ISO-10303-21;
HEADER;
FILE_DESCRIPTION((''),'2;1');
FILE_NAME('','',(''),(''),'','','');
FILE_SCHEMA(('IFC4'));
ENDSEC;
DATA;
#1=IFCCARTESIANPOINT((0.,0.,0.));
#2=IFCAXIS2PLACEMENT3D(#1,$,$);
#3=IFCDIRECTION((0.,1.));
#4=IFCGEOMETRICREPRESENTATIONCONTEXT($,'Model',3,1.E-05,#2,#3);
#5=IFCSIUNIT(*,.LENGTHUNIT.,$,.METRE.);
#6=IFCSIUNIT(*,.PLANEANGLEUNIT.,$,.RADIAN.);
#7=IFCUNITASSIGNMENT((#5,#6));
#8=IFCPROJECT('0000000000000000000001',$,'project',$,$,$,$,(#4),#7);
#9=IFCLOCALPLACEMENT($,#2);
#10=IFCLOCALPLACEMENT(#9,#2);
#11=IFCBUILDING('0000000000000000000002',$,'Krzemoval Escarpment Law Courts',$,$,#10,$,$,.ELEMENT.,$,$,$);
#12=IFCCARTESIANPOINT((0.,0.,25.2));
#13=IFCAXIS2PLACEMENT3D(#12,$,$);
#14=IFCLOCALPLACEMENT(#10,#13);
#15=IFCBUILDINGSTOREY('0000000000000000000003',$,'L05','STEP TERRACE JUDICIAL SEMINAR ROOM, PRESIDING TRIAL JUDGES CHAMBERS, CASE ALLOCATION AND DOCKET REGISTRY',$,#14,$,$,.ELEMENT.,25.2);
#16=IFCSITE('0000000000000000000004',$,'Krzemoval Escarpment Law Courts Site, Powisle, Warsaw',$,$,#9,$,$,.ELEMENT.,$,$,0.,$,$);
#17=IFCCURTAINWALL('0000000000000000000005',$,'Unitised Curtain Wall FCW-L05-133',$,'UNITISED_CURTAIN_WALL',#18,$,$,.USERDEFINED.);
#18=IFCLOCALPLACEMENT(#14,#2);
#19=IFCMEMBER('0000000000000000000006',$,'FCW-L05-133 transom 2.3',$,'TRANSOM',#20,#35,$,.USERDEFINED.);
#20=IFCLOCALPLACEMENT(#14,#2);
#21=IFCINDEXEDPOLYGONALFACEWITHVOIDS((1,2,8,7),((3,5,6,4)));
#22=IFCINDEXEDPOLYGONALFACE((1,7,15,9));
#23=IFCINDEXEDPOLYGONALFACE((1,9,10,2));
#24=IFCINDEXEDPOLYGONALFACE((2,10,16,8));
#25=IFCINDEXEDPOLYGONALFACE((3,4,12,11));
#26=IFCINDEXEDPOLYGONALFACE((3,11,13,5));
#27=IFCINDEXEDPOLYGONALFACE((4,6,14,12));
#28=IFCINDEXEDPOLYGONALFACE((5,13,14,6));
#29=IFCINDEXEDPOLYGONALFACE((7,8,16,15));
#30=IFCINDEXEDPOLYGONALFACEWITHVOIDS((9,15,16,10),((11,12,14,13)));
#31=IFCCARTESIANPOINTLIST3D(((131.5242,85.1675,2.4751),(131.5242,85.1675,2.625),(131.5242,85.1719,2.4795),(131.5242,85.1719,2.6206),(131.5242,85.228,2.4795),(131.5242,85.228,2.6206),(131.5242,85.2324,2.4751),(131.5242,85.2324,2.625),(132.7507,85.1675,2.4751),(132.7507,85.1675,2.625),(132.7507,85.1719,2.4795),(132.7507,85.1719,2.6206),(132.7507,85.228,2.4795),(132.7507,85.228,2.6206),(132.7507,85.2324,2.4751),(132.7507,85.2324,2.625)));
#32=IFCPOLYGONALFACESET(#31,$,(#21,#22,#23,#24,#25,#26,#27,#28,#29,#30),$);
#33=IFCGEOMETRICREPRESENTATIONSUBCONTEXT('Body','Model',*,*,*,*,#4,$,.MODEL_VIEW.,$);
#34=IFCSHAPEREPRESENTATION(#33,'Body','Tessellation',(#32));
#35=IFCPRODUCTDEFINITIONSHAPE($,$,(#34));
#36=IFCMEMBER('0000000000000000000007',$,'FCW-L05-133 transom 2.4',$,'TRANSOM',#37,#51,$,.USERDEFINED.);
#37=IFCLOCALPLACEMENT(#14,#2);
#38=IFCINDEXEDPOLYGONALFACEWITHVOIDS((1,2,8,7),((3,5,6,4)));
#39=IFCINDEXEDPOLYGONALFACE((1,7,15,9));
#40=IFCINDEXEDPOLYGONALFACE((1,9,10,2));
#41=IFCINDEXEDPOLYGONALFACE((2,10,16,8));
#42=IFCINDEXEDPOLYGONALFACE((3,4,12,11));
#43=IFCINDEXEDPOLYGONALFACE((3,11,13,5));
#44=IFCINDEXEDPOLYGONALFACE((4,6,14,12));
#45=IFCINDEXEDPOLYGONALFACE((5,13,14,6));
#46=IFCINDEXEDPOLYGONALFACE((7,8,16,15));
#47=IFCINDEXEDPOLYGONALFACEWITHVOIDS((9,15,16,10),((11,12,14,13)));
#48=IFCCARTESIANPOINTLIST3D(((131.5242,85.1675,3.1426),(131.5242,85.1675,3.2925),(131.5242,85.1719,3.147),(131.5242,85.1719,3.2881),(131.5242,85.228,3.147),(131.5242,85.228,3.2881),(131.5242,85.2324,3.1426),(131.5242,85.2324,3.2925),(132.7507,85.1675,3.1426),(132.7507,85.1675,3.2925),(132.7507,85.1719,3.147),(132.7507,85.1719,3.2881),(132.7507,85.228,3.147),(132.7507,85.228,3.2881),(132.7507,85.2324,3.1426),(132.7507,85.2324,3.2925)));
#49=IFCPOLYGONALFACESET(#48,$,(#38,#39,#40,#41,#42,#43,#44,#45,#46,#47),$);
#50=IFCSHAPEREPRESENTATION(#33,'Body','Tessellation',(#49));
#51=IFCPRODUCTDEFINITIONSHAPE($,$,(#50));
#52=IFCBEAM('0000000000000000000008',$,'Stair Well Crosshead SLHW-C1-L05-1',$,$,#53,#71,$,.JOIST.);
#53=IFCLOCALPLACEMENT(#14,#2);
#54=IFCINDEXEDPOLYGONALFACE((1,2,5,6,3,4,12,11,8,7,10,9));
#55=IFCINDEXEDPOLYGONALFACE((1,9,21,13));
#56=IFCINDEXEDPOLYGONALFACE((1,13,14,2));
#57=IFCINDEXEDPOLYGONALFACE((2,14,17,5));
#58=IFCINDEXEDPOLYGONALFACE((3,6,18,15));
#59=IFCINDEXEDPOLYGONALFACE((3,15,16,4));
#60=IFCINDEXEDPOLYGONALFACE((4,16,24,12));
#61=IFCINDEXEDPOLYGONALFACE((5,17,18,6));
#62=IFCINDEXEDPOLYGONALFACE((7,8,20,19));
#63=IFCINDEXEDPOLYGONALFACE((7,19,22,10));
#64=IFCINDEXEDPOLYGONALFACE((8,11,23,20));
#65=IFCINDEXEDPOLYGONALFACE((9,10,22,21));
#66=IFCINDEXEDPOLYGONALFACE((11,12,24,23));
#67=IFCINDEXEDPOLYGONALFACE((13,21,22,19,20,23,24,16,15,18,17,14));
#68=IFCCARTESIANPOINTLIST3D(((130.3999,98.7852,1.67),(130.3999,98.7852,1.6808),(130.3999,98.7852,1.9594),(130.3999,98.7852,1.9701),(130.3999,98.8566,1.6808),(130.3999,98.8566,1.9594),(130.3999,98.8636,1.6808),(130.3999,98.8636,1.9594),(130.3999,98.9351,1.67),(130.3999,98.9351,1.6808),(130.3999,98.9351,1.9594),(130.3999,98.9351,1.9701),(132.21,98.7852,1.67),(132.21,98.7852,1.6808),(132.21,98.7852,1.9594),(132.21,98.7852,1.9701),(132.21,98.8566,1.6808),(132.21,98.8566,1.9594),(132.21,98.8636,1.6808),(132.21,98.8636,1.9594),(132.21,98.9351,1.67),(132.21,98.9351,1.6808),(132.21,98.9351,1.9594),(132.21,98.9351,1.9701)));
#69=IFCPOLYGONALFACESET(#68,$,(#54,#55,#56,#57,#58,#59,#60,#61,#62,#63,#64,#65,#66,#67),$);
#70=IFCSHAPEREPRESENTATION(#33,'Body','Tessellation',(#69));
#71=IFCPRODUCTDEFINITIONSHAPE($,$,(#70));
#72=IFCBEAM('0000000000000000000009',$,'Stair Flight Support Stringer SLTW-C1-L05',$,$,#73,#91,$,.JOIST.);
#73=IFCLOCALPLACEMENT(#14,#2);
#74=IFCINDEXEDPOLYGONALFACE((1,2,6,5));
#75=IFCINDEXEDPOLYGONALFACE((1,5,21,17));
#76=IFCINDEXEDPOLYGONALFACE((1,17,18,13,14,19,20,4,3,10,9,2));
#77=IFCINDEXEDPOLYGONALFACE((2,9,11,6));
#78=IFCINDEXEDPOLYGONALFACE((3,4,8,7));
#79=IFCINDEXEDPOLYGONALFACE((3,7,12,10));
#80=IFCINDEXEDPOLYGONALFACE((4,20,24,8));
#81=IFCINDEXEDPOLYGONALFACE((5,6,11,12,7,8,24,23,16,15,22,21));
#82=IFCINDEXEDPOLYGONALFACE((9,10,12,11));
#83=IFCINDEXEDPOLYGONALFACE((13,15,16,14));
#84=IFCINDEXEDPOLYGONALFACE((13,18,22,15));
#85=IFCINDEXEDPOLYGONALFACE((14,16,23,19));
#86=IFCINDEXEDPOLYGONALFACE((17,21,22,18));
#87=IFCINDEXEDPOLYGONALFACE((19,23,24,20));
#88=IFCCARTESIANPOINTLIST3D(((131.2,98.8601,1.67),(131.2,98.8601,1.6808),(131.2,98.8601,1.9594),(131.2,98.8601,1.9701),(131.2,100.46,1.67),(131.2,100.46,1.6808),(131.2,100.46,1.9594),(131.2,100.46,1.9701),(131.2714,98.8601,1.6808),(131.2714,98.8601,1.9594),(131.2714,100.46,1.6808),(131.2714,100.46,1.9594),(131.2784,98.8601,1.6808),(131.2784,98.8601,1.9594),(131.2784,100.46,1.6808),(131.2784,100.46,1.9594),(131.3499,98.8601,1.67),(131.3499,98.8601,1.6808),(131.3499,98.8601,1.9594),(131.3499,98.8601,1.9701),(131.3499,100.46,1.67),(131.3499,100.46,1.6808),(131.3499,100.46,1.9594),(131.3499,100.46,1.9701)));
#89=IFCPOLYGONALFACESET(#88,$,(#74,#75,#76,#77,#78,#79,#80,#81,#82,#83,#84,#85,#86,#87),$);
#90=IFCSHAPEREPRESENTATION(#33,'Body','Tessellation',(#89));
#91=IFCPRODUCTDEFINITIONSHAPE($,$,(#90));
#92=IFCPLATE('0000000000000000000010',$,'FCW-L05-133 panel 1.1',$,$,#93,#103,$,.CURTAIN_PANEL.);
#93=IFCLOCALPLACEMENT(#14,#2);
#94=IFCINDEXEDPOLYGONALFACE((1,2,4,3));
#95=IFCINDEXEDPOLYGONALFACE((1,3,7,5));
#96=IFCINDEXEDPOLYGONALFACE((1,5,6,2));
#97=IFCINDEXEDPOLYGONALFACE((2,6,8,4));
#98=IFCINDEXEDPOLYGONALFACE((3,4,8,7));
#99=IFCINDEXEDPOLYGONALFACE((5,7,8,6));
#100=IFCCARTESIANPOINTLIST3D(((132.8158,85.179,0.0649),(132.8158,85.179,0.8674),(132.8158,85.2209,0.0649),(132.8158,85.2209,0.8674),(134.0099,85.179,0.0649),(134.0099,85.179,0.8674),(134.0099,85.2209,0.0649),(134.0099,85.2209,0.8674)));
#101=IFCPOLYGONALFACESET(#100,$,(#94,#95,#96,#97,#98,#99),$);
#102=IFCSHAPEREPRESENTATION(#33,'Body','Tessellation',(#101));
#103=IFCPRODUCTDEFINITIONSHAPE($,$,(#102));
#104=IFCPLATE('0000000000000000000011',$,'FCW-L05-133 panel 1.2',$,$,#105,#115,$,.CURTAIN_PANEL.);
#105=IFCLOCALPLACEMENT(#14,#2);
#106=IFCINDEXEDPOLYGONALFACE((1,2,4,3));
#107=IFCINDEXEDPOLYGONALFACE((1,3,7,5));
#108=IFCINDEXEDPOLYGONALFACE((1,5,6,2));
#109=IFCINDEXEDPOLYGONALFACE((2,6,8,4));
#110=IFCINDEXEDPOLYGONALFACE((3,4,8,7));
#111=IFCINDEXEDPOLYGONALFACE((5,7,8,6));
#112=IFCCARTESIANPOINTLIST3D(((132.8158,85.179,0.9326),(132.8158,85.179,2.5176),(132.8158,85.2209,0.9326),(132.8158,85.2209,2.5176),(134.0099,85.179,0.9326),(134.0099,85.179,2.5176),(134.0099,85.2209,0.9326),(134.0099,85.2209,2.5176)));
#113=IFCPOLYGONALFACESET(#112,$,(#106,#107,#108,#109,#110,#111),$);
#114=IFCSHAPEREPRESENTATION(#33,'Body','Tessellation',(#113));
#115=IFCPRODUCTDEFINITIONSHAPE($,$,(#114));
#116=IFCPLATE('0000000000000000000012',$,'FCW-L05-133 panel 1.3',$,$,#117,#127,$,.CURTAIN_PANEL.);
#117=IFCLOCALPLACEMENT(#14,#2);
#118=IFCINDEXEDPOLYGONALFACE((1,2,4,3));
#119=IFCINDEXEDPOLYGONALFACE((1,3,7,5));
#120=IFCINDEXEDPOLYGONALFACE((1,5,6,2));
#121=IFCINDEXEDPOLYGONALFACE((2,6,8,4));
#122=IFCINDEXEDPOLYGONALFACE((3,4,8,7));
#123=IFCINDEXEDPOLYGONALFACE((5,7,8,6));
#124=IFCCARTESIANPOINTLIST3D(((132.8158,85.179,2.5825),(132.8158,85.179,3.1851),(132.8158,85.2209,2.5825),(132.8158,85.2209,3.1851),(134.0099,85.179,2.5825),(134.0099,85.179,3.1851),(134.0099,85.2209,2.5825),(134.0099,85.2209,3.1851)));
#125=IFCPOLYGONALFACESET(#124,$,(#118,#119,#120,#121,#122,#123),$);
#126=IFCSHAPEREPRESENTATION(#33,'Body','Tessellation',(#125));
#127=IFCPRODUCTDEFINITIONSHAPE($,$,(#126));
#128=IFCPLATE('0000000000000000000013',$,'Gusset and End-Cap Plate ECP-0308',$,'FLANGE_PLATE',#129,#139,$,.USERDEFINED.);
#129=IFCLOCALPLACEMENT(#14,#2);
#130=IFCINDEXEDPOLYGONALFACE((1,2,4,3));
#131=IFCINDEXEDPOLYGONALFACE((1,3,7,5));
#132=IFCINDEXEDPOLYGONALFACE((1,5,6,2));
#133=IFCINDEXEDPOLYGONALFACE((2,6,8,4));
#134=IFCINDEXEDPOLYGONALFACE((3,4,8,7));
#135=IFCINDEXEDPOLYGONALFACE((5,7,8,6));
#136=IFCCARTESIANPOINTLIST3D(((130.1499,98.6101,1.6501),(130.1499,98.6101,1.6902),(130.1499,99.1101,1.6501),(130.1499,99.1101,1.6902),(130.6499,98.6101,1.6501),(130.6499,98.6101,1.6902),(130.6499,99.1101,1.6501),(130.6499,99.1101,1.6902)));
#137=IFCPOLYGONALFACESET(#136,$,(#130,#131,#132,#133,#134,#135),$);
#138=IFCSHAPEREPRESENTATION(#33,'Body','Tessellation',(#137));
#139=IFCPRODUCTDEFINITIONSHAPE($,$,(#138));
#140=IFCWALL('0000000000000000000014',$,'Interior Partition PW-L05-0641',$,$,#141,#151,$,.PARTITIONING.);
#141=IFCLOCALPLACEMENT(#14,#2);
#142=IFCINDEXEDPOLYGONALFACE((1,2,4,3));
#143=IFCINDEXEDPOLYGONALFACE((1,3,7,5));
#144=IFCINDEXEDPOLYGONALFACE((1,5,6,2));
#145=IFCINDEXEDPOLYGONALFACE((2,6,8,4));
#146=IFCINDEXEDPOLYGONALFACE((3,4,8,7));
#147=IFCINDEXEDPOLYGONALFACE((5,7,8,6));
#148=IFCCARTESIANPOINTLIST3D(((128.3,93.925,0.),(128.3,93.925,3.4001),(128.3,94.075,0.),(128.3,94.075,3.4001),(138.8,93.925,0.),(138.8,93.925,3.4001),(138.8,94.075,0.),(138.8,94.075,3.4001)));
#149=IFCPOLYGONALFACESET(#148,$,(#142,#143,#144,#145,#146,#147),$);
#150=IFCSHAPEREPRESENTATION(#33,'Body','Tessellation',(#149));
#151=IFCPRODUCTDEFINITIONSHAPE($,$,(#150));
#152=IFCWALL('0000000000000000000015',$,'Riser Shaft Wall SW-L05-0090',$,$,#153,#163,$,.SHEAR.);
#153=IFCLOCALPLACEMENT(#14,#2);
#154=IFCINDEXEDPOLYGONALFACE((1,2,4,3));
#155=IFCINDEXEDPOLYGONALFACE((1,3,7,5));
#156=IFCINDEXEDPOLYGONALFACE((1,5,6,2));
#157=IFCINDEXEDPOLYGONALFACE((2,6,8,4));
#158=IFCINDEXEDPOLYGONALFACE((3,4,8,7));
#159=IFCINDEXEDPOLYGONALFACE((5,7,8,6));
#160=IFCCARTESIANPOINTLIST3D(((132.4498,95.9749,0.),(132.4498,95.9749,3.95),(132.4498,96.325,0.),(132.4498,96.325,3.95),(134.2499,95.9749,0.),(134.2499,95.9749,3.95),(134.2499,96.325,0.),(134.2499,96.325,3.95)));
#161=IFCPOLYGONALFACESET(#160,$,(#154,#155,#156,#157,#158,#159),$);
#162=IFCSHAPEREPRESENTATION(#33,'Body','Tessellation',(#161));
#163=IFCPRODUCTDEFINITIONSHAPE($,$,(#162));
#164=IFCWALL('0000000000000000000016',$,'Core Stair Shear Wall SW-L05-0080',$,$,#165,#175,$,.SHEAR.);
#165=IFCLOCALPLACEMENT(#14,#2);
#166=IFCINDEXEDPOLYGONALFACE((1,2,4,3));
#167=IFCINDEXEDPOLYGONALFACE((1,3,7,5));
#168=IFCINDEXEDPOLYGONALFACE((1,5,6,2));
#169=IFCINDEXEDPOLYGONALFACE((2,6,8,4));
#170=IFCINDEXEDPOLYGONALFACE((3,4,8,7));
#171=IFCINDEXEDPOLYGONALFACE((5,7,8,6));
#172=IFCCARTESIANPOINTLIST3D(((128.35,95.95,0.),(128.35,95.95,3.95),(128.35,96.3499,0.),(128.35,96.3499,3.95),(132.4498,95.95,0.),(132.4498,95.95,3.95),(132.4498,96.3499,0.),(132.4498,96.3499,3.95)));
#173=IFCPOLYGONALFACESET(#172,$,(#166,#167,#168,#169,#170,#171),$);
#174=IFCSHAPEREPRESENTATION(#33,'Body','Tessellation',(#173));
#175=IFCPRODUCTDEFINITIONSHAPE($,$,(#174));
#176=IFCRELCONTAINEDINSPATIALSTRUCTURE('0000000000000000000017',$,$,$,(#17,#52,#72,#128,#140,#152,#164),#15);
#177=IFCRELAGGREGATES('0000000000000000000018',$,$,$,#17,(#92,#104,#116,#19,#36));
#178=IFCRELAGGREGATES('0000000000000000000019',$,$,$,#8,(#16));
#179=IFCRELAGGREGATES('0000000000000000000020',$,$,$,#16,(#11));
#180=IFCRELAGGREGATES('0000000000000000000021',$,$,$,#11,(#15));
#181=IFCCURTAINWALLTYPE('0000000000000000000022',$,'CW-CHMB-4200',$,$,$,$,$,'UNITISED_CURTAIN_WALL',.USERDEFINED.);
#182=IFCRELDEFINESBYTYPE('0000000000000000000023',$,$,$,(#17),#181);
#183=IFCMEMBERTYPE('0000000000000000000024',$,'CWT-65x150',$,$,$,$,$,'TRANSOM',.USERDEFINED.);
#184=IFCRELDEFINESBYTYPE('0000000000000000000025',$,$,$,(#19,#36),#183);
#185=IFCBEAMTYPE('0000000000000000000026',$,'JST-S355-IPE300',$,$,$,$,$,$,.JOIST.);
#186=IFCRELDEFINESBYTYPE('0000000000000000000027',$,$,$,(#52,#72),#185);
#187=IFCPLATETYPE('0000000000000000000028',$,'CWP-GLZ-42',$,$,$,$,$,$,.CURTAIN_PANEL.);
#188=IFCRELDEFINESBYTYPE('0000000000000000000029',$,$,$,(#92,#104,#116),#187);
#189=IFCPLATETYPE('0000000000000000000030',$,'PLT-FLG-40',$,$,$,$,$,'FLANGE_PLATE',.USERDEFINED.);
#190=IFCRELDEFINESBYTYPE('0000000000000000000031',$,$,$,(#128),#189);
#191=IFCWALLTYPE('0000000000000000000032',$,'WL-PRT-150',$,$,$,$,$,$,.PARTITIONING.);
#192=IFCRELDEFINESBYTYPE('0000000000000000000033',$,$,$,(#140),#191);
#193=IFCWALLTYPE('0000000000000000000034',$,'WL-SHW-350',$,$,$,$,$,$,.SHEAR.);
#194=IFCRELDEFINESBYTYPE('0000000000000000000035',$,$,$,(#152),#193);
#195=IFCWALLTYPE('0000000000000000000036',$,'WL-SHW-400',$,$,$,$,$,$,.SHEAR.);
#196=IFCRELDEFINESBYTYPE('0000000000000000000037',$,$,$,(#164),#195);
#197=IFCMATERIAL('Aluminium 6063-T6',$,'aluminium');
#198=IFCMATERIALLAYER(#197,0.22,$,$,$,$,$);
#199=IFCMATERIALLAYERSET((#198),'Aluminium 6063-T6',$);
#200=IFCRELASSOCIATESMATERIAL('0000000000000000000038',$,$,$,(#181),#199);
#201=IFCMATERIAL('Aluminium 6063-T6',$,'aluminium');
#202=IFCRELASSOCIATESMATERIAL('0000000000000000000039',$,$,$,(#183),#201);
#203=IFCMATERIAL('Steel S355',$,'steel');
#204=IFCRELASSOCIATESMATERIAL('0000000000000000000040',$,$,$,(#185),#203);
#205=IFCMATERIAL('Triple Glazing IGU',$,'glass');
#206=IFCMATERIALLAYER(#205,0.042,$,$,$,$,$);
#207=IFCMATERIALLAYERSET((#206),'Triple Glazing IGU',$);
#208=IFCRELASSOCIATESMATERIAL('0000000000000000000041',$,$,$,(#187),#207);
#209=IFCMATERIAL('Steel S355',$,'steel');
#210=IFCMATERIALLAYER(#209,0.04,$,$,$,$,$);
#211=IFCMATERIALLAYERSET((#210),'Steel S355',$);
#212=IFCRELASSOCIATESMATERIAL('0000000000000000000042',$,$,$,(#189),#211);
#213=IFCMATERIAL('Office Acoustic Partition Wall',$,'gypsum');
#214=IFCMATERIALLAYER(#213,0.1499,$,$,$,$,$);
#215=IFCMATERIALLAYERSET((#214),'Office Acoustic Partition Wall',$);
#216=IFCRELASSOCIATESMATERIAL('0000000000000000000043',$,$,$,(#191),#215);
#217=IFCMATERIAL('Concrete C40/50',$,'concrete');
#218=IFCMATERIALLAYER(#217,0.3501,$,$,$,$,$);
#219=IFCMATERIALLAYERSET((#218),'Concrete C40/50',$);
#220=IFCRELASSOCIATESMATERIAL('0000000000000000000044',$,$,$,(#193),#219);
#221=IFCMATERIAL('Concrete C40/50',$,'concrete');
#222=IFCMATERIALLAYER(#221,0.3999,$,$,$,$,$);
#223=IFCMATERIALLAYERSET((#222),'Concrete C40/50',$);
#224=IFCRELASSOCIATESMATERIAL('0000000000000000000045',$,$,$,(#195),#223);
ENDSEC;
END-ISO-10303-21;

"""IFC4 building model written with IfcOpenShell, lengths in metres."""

from ifc_helpers import new_model, si_unit, direction, frame, frame_2d, origin, origin_2d, place, context, subcontext, project, spatial, rectangle, hollow_rectangle, i_section, extrude, material, layer, layer_set, material_profile, profile_set, type_object, element, aggregate, save


model = new_model("IFC4")

# Units and contexts
model_context = context("Model", 3, precision=1e-05, world=origin(), true_north=direction((0.0, 1.0)))
body_context = subcontext(model_context, "Body", "Model", "MODEL_VIEW")
ifc_project = project(units=[si_unit("LENGTHUNIT", "METRE"), si_unit("PLANEANGLEUNIT", "RADIAN")], contexts=[model_context])

# Site, building, storey
site_placement = place(None, origin())
site = spatial("IfcSite", under=ifc_project, at=site_placement, Name="Krzemoval Escarpment Law Courts Site, Powisle, Warsaw", CompositionType="ELEMENT", RefElevation=0.0)
building_placement = place(site_placement, origin())
building = spatial("IfcBuilding", under=site, at=building_placement, Name="Krzemoval Escarpment Law Courts", CompositionType="ELEMENT")
storey_placement = place(building_placement, frame((0.0, 0.0, 25.2)))
storey = spatial("IfcBuildingStorey", under=building, at=storey_placement, Name="L05", Description="STEP TERRACE JUDICIAL SEMINAR ROOM, PRESIDING TRIAL JUDGES CHAMBERS, CASE ALLOCATION AND DOCKET REGISTRY", CompositionType="ELEMENT", Elevation=25.2)

# Curtain wall, members
ifc_material_1 = material(Name="Aluminium 6063-T6", Category="aluminium")
ifc_layer_1 = layer(ifc_material_1, 0.22)
ifc_layer_set_1 = layer_set([ifc_layer_1], Name="Aluminium 6063-T6")
curtain_wall_type = type_object("IfcCurtainWallType", Name="CW-CHMB-4200", ElementType="UNITISED_CURTAIN_WALL", PredefinedType="USERDEFINED", material=ifc_layer_set_1)
curtain_wall_placement = place(storey_placement, origin())
curtain_wall = element("IfcCurtainWall", 1, at=curtain_wall_placement, inside=storey, type_object=curtain_wall_type, Name="Unitised Curtain Wall FCW-L05-133", ObjectType="UNITISED_CURTAIN_WALL", PredefinedType="USERDEFINED")
ifc_material_2 = material(Name="Aluminium 6063-T6", Category="aluminium")
ifc_material_profile_1 = material_profile(ifc_material_2, hollow_rectangle(XDim=0.0649, YDim=0.1499, WallThickness=0.0044, at=origin_2d()), Name="ALU T65x150")
ifc_profile_set_1 = profile_set([ifc_material_profile_1], Name="Aluminium 6063-T6")
member_type_1 = type_object("IfcMemberType", Name="CWT-65x150", ElementType="TRANSOM", PredefinedType="USERDEFINED", material=ifc_profile_set_1)
member_1_placement = place(storey_placement, frame((132.7507, 85.2, 2.55), z_axis=(-1.0, 0.0, 0.0), x_axis=(0.0, -1.0, 0.0)))
member_1 = element("IfcMember", 2, at=member_1_placement, type_object=member_type_1, Name="FCW-L05-133 transom 2.3", ObjectType="TRANSOM", PredefinedType="USERDEFINED", context=body_context, shape_type="SweptSolid", body=[
    extrude(hollow_rectangle(XDim=0.0649, YDim=0.1499, WallThickness=0.0044, at=origin_2d()), origin(), (0.0, 0.0, 1.0), 1.2266),
])
member_2_placement = place(storey_placement, frame((132.7507, 85.2, 3.2175), z_axis=(-1.0, 0.0, 0.0), x_axis=(0.0, -1.0, 0.0)))
member_2 = element("IfcMember", 3, at=member_2_placement, type_object=member_type_1, Name="FCW-L05-133 transom 2.4", ObjectType="TRANSOM", PredefinedType="USERDEFINED", context=body_context, shape_type="SweptSolid", body=[
    extrude(hollow_rectangle(XDim=0.0649, YDim=0.1499, WallThickness=0.0044, at=origin_2d()), origin(), (0.0, 0.0, 1.0), 1.2266),
])

# Beams
ifc_material_3 = material(Name="Steel S355", Category="steel")
ifc_material_profile_2 = material_profile(ifc_material_3, i_section(OverallWidth=0.1499, OverallDepth=0.3, WebThickness=0.0071, FlangeThickness=0.0107, at=origin_2d()), Name="IPE 300")
ifc_profile_set_2 = profile_set([ifc_material_profile_2], Name="Steel S355")
beam_type = type_object("IfcBeamType", Name="JST-S355-IPE300", PredefinedType="JOIST", material=ifc_profile_set_2)
beam_1_placement = place(storey_placement, frame((130.3999, 98.8601, 1.8201), z_axis=(1.0, 0.0, 0.0), x_axis=(0.0, 1.0, 0.0)))
element("IfcBeam", 4, at=beam_1_placement, inside=storey, type_object=beam_type, Name="Stair Well Crosshead SLHW-C1-L05-1", PredefinedType="JOIST", context=body_context, shape_type="SweptSolid", body=[
    extrude(i_section(OverallWidth=0.1499, OverallDepth=0.3, WebThickness=0.0071, FlangeThickness=0.0107, at=origin_2d()), origin(), (0.0, 0.0, 1.0), 1.8101),
])
beam_2_placement = place(storey_placement, frame((131.2749, 98.8601, 1.8201), z_axis=(0.0, 1.0, 0.0), x_axis=(-1.0, 0.0, 0.0)))
element("IfcBeam", 5, at=beam_2_placement, inside=storey, type_object=beam_type, Name="Stair Flight Support Stringer SLTW-C1-L05", PredefinedType="JOIST", context=body_context, shape_type="SweptSolid", body=[
    extrude(i_section(OverallWidth=0.1499, OverallDepth=0.3, WebThickness=0.0071, FlangeThickness=0.0107, at=origin_2d()), origin(), (0.0, 0.0, 1.0), 1.5999),
])

# Plates
ifc_material_4 = material(Name="Triple Glazing IGU", Category="glass")
ifc_layer_2 = layer(ifc_material_4, 0.042)
ifc_layer_set_2 = layer_set([ifc_layer_2], Name="Triple Glazing IGU")
plate_type_1 = type_object("IfcPlateType", Name="CWP-GLZ-42", PredefinedType="CURTAIN_PANEL", material=ifc_layer_set_2)
plate_1_placement = place(storey_placement, frame((133.4128, 85.2, 0.0649), z_axis=(0.0, 0.0, 1.0), x_axis=(-1.0, 0.0, 0.0)))
plate_1 = element("IfcPlate", 6, at=plate_1_placement, type_object=plate_type_1, Name="FCW-L05-133 panel 1.1", PredefinedType="CURTAIN_PANEL", context=body_context, shape_type="SweptSolid", body=[
    extrude(rectangle(XDim=1.1941, YDim=0.042, at=origin_2d()), origin(), (0.0, 0.0, 1.0), 0.8025),
])
plate_2_placement = place(storey_placement, frame((133.4128, 85.2, 0.9326), z_axis=(0.0, 0.0, 1.0), x_axis=(-1.0, 0.0, 0.0)))
plate_2 = element("IfcPlate", 7, at=plate_2_placement, type_object=plate_type_1, Name="FCW-L05-133 panel 1.2", PredefinedType="CURTAIN_PANEL", context=body_context, shape_type="SweptSolid", body=[
    extrude(rectangle(XDim=1.1941, YDim=0.042, at=origin_2d()), origin(), (0.0, 0.0, 1.0), 1.585),
])
plate_3_placement = place(storey_placement, frame((133.4128, 85.2, 2.5825), z_axis=(0.0, 0.0, 1.0), x_axis=(-1.0, 0.0, 0.0)))
plate_3 = element("IfcPlate", 8, at=plate_3_placement, type_object=plate_type_1, Name="FCW-L05-133 panel 1.3", PredefinedType="CURTAIN_PANEL", context=body_context, shape_type="SweptSolid", body=[
    extrude(rectangle(XDim=1.1941, YDim=0.042, at=origin_2d()), origin(), (0.0, 0.0, 1.0), 0.6025),
])
aggregate(curtain_wall, [plate_1, plate_2, plate_3, member_1, member_2])
ifc_material_5 = material(Name="Steel S355", Category="steel")
ifc_layer_3 = layer(ifc_material_5, 0.04)
ifc_layer_set_3 = layer_set([ifc_layer_3], Name="Steel S355")
plate_type_2 = type_object("IfcPlateType", Name="PLT-FLG-40", ElementType="FLANGE_PLATE", PredefinedType="USERDEFINED", material=ifc_layer_set_3)
plate_4_placement = place(storey_placement, frame((130.3999, 98.8601, 1.6501), z_axis=(0.0, 0.0, 1.0), x_axis=(1.0, 0.0, 0.0)))
element("IfcPlate", 9, at=plate_4_placement, inside=storey, type_object=plate_type_2, Name="Gusset and End-Cap Plate ECP-0308", ObjectType="FLANGE_PLATE", PredefinedType="USERDEFINED", context=body_context, shape_type="SweptSolid", body=[
    extrude(rectangle(XDim=0.5, YDim=0.5, at=origin_2d()), origin(), (0.0, 0.0, 1.0), 0.04),
])

# Walls
ifc_material_6 = material(Name="Office Acoustic Partition Wall", Category="gypsum")
ifc_layer_4 = layer(ifc_material_6, 0.1499)
ifc_layer_set_4 = layer_set([ifc_layer_4], Name="Office Acoustic Partition Wall")
wall_type_1 = type_object("IfcWallType", Name="WL-PRT-150", PredefinedType="PARTITIONING", material=ifc_layer_set_4)
wall_1_placement = place(storey_placement, frame((128.3, 94.0, 0.0), z_axis=(0.0, 0.0, 1.0), x_axis=(1.0, 0.0, 0.0)))
element("IfcWall", 10, at=wall_1_placement, inside=storey, type_object=wall_type_1, Name="Interior Partition PW-L05-0641", PredefinedType="PARTITIONING", context=body_context, shape_type="SweptSolid", body=[
    extrude(rectangle(XDim=10.5, YDim=0.1499, at=frame_2d((5.25, 0.0))), origin(), (0.0, 0.0, 1.0), 3.4001),
])
ifc_material_7 = material(Name="Concrete C40/50", Category="concrete")
ifc_layer_5 = layer(ifc_material_7, 0.3501)
ifc_layer_set_5 = layer_set([ifc_layer_5], Name="Concrete C40/50")
wall_type_2 = type_object("IfcWallType", Name="WL-SHW-350", PredefinedType="SHEAR", material=ifc_layer_set_5)
wall_2_placement = place(storey_placement, frame((132.45, 96.1499, 0.0), z_axis=(0.0, 0.0, 1.0), x_axis=(1.0, 0.0, 0.0)))
element("IfcWall", 11, at=wall_2_placement, inside=storey, type_object=wall_type_2, Name="Riser Shaft Wall SW-L05-0090", PredefinedType="SHEAR", context=body_context, shape_type="SweptSolid", body=[
    extrude(rectangle(XDim=1.8, YDim=0.3501, at=frame_2d((0.8999, 0.0))), origin(), (0.0, 0.0, 1.0), 3.95),
])
ifc_material_8 = material(Name="Concrete C40/50", Category="concrete")
ifc_layer_6 = layer(ifc_material_8, 0.3999)
ifc_layer_set_6 = layer_set([ifc_layer_6], Name="Concrete C40/50")
wall_type_3 = type_object("IfcWallType", Name="WL-SHW-400", PredefinedType="SHEAR", material=ifc_layer_set_6)
wall_3_placement = place(storey_placement, frame((128.3501, 96.1499, 0.0), z_axis=(0.0, 0.0, 1.0), x_axis=(1.0, 0.0, 0.0)))
element("IfcWall", 12, at=wall_3_placement, inside=storey, type_object=wall_type_3, Name="Core Stair Shear Wall SW-L05-0080", PredefinedType="SHEAR", context=body_context, shape_type="SweptSolid", body=[
    extrude(rectangle(XDim=4.0999, YDim=0.3999, at=frame_2d((2.0498, 0.0))), origin(), (0.0, 0.0, 1.0), 3.95),
])

save(model, "model.ifc")
